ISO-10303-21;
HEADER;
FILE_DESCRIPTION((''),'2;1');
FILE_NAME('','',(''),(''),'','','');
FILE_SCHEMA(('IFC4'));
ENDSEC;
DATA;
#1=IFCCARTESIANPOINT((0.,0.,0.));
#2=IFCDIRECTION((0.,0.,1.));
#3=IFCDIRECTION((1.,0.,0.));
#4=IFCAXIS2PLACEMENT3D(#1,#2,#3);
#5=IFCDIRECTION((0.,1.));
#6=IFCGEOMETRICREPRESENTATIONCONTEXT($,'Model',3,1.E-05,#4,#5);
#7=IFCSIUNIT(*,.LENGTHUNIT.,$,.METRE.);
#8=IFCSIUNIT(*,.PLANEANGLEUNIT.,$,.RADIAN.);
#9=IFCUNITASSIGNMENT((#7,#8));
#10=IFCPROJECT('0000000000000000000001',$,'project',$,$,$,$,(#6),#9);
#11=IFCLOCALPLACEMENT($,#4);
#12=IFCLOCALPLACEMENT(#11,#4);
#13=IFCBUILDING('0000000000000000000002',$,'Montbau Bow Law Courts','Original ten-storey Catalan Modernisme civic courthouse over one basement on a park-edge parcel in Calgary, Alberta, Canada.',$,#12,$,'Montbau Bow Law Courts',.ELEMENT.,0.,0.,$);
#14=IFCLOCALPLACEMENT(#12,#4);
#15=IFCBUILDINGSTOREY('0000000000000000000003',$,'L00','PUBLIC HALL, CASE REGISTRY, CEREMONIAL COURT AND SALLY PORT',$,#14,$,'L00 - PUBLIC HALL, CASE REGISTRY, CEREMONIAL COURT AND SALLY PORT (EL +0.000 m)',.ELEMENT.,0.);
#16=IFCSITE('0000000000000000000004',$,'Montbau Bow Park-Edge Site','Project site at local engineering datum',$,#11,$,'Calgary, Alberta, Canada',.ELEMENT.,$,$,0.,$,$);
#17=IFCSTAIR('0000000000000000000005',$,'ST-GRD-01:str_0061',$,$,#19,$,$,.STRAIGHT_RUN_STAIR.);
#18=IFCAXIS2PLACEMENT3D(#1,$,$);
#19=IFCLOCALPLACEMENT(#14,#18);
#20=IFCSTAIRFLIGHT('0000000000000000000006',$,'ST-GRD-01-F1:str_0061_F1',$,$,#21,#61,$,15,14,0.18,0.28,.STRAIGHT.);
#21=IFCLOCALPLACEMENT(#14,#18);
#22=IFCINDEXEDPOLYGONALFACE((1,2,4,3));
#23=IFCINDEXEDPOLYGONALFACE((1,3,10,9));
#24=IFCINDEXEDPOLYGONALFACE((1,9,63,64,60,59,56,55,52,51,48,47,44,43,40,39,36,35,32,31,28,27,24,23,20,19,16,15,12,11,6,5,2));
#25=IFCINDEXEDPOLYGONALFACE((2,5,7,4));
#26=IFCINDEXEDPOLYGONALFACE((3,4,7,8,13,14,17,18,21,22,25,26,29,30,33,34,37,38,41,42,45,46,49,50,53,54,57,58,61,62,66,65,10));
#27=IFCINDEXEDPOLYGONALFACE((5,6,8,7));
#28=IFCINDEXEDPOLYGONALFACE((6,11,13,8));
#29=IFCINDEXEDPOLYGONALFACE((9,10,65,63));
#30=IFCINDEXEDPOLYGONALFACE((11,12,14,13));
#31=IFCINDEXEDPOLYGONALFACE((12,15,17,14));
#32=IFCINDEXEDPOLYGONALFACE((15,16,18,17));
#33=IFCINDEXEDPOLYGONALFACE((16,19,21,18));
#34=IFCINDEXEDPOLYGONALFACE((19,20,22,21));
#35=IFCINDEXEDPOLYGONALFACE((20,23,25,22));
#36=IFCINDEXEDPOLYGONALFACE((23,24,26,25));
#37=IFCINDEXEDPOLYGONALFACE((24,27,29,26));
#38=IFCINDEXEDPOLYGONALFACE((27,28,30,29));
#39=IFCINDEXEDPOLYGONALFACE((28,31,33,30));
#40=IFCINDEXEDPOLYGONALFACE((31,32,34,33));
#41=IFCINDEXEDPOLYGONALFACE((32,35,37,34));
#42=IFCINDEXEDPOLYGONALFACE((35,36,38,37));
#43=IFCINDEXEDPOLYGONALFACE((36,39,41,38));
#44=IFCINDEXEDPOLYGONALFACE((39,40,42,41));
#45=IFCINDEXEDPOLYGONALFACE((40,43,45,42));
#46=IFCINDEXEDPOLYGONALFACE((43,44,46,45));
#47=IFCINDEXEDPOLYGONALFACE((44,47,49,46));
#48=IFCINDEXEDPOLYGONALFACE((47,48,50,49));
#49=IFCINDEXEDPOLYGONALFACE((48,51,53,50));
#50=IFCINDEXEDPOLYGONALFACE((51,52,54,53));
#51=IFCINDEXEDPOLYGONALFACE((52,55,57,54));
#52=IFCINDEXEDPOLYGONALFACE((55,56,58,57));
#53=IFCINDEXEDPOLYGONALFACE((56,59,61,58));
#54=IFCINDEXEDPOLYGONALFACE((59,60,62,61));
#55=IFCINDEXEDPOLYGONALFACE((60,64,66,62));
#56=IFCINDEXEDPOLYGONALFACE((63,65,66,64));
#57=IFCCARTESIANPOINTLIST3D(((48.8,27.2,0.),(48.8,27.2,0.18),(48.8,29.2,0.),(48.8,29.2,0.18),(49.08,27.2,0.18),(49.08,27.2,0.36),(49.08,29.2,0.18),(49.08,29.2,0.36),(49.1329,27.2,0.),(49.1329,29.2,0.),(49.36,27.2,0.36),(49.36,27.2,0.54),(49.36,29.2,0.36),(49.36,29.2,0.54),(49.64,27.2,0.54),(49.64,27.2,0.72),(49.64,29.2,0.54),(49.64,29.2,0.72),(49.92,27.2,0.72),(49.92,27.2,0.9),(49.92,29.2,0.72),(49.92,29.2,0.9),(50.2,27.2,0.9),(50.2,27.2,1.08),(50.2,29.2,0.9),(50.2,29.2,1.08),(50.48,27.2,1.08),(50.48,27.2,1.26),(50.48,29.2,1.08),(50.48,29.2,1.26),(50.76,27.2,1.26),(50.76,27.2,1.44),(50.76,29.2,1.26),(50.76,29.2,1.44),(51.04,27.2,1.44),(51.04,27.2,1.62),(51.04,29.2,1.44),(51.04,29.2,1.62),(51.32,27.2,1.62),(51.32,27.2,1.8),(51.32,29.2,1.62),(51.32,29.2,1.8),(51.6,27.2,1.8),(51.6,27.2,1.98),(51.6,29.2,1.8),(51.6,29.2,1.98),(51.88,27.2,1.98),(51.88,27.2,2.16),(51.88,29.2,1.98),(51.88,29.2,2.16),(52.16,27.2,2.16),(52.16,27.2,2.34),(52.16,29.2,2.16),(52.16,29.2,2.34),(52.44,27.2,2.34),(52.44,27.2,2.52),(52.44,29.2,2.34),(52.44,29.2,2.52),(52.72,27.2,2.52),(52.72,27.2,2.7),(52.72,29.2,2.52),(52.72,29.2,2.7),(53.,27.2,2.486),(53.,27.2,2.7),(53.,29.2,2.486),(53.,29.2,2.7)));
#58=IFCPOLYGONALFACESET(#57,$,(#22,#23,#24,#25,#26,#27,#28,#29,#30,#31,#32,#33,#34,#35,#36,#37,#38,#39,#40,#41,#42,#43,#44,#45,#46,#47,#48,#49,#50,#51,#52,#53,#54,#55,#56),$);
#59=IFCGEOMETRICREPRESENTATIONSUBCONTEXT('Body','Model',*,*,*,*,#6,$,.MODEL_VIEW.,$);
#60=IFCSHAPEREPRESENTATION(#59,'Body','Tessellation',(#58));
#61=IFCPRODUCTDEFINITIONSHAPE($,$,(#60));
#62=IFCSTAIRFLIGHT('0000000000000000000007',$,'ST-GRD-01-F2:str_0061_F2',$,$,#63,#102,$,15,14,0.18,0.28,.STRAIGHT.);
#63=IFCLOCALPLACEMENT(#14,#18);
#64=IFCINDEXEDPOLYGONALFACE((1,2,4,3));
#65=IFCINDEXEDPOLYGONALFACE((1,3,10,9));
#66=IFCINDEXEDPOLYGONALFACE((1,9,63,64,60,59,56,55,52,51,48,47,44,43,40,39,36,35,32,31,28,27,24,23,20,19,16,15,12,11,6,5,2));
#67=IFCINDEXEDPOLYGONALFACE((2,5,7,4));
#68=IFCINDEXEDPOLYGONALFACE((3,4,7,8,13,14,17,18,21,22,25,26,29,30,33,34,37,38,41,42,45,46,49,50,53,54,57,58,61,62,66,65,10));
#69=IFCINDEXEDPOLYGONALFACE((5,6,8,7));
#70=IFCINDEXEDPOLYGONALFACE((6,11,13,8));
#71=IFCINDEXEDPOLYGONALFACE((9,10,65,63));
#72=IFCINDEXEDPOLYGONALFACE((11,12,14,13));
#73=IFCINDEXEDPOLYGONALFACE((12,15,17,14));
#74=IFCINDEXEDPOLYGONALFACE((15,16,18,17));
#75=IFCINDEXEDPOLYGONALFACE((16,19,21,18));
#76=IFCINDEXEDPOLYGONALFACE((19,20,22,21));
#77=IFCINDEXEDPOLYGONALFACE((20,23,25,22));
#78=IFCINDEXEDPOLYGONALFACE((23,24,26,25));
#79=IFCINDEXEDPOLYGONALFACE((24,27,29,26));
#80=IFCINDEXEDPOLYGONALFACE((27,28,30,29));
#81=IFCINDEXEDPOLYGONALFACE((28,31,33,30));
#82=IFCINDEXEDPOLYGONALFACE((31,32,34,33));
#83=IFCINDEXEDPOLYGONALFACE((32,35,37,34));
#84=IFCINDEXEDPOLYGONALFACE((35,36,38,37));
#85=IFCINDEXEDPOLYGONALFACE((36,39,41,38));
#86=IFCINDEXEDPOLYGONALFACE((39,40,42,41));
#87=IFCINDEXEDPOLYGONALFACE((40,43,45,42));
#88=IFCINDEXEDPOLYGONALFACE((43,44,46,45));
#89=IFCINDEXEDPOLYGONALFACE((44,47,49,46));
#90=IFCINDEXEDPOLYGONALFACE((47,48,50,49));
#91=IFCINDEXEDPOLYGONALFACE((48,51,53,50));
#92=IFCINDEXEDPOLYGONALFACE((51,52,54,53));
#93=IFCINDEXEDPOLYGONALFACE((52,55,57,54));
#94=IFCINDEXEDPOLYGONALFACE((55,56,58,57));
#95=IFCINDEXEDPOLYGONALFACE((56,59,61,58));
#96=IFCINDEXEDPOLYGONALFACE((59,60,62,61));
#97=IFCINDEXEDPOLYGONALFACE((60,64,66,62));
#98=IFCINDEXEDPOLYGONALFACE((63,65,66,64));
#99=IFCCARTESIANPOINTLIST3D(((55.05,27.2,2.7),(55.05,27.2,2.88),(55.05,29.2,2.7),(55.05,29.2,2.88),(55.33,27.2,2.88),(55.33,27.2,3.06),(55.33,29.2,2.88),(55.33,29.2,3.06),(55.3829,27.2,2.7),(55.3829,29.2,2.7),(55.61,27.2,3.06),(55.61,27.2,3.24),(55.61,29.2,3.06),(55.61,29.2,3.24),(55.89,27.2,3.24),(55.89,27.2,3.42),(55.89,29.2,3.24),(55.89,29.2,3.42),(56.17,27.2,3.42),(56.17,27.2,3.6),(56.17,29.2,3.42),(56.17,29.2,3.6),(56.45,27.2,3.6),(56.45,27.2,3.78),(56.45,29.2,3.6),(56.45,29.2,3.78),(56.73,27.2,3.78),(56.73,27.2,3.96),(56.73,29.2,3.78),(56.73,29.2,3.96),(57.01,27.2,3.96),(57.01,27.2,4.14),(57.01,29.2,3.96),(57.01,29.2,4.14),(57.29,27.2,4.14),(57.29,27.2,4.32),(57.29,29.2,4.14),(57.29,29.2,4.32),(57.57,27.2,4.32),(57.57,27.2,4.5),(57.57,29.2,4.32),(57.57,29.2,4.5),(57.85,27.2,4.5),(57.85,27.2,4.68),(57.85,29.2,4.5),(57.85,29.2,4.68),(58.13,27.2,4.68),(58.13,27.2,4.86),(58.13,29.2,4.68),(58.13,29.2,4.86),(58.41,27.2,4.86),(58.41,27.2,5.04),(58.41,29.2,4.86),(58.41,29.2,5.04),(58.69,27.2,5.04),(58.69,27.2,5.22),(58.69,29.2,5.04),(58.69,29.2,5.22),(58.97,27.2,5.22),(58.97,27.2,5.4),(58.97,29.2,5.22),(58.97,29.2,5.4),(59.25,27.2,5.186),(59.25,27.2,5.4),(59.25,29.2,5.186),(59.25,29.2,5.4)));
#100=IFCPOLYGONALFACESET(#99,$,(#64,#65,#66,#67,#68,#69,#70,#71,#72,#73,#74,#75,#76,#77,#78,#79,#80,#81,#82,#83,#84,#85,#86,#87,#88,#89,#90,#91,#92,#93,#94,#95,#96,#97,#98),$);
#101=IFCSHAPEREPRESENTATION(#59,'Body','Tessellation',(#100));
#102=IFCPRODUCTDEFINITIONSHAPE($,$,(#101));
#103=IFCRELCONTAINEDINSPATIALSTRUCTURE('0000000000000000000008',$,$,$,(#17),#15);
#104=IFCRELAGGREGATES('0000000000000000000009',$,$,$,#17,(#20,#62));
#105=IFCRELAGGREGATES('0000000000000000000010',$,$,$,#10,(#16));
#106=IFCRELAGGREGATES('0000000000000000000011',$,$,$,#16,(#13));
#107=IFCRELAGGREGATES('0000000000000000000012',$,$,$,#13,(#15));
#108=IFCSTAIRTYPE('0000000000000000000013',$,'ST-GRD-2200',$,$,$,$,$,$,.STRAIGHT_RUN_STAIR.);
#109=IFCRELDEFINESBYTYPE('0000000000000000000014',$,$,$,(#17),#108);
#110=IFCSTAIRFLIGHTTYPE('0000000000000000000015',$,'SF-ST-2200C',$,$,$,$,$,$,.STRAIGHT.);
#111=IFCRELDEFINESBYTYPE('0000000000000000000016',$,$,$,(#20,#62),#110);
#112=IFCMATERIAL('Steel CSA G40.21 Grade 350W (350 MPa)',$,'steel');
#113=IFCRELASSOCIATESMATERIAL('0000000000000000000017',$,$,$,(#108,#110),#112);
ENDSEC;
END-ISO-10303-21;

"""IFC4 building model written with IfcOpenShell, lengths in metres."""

from ifc_helpers import new_model, si_unit, direction, frame, origin_with_axes, place, context, subcontext, project, spatial, polyline, outline, extrude, material, type_object, element, aggregate, save


model = new_model("IFC4")

# Units and contexts
model_context = context("Model", 3, precision=1e-05, world=origin_with_axes(), true_north=direction((0.0, 1.0)))
body_context = subcontext(model_context, "Body", "Model", "MODEL_VIEW")
ifc_project = project(units=[si_unit("LENGTHUNIT", "METRE"), si_unit("PLANEANGLEUNIT", "RADIAN")], contexts=[model_context])

# Site, building, storey
site_placement = place(None, origin_with_axes())
site = spatial("IfcSite", under=ifc_project, at=site_placement, Name="Montbau Bow Park-Edge Site", Description="Project site at local engineering datum", LongName="Calgary, Alberta, Canada", CompositionType="ELEMENT", RefElevation=0.0)
building_placement = place(site_placement, origin_with_axes())
building = spatial("IfcBuilding", under=site, at=building_placement, Name="Montbau Bow Law Courts", Description="Original ten-storey Catalan Modernisme civic courthouse over one basement on a park-edge parcel in Calgary, Alberta, Canada.", LongName="Montbau Bow Law Courts", CompositionType="ELEMENT", ElevationOfRefHeight=0.0, ElevationOfTerrain=0.0)
storey_placement = place(building_placement, origin_with_axes())
storey = spatial("IfcBuildingStorey", under=building, at=storey_placement, Name="L00", Description="PUBLIC HALL, CASE REGISTRY, CEREMONIAL COURT AND SALLY PORT", LongName="L00 - PUBLIC HALL, CASE REGISTRY, CEREMONIAL COURT AND SALLY PORT (EL +0.000 m)", CompositionType="ELEMENT", Elevation=0.0)

# Shared definitions
ifc_material_1 = material(Name="Steel CSA G40.21 Grade 350W (350 MPa)", Category="steel")

# Stair, stair flights
stair_type = type_object("IfcStairType", Name="ST-GRD-2200", PredefinedType="STRAIGHT_RUN_STAIR", material=ifc_material_1)
stair_placement = place(None, frame((48.8, 28.2, 0.0), z_axis=(0.0, 0.0, 1.0), x_axis=(1.0, 0.0, 0.0)))
stair = element("IfcStair", 1, at=stair_placement, inside=storey, type_object=stair_type, Name="ST-GRD-01:str_0061", PredefinedType="STRAIGHT_RUN_STAIR")
stair_flight_type = type_object("IfcStairFlightType", Name="SF-ST-2200C", PredefinedType="STRAIGHT", material=ifc_material_1)
stair_flight_1_placement = place(None, frame((48.8, 28.2, 0.0), z_axis=(0.0, 0.0, 1.0), x_axis=(1.0, 0.0, 0.0)))
stair_flight_1 = element("IfcStairFlight", 2, at=stair_flight_1_placement, type_object=stair_flight_type, Name="ST-GRD-01-F1:str_0061_F1", NumberOfRisers=15, NumberOfTreads=14, PredefinedType="STRAIGHT", RiserHeight=0.18, TreadLength=0.28, context=body_context, shape_type="SweptSolid", body=[
    extrude(outline(polyline([(0.0, 0.0), (0.0, 0.18), (0.28, 0.18), (0.28, 0.36), (0.56, 0.36), (0.56, 0.54), (0.84, 0.54), (0.84, 0.72), (1.12, 0.72), (1.12, 0.9), (1.4, 0.9), (1.4, 1.08), (1.68, 1.08), (1.68, 1.26), (1.96, 1.26), (1.96, 1.44), (2.24, 1.44), (2.24, 1.62), (2.52, 1.62), (2.52, 1.8), (2.8, 1.8), (2.8, 1.98), (3.08, 1.98), (3.08, 2.16), (3.36, 2.16), (3.36, 2.34), (3.64, 2.34), (3.64, 2.52), (3.92, 2.52), (3.92, 2.7), (4.2, 2.7), (4.2, 2.486), (0.3329, 0.0), (0.0, 0.0)])), frame((0.0, 1.0, 0.0), z_axis=(0.0, -1.0, 0.0), x_axis=(1.0, 0.0, 0.0)), (0.0, 0.0, 1.0), 2.0),
])
stair_flight_2_placement = place(None, frame((55.05, 28.2, 2.7), z_axis=(0.0, 0.0, 1.0), x_axis=(1.0, 0.0, 0.0)))
stair_flight_2 = element("IfcStairFlight", 3, at=stair_flight_2_placement, type_object=stair_flight_type, Name="ST-GRD-01-F2:str_0061_F2", NumberOfRisers=15, NumberOfTreads=14, PredefinedType="STRAIGHT", RiserHeight=0.18, TreadLength=0.28, context=body_context, shape_type="SweptSolid", body=[
    extrude(outline(polyline([(0.0, 0.0), (0.0, 0.18), (0.28, 0.18), (0.28, 0.36), (0.56, 0.36), (0.56, 0.54), (0.84, 0.54), (0.84, 0.72), (1.12, 0.72), (1.12, 0.9), (1.4, 0.9), (1.4, 1.08), (1.68, 1.08), (1.68, 1.26), (1.96, 1.26), (1.96, 1.44), (2.24, 1.44), (2.24, 1.62), (2.52, 1.62), (2.52, 1.8), (2.8, 1.8), (2.8, 1.98), (3.08, 1.98), (3.08, 2.16), (3.36, 2.16), (3.36, 2.34), (3.64, 2.34), (3.64, 2.52), (3.92, 2.52), (3.92, 2.7), (4.2, 2.7), (4.2, 2.486), (0.3329, 0.0), (0.0, 0.0)])), frame((0.0, 1.0, 0.0), z_axis=(0.0, -1.0, 0.0), x_axis=(1.0, 0.0, 0.0)), (0.0, 0.0, 1.0), 2.0),
])
aggregate(stair, [stair_flight_1, stair_flight_2])

save(model, "model.ifc")
